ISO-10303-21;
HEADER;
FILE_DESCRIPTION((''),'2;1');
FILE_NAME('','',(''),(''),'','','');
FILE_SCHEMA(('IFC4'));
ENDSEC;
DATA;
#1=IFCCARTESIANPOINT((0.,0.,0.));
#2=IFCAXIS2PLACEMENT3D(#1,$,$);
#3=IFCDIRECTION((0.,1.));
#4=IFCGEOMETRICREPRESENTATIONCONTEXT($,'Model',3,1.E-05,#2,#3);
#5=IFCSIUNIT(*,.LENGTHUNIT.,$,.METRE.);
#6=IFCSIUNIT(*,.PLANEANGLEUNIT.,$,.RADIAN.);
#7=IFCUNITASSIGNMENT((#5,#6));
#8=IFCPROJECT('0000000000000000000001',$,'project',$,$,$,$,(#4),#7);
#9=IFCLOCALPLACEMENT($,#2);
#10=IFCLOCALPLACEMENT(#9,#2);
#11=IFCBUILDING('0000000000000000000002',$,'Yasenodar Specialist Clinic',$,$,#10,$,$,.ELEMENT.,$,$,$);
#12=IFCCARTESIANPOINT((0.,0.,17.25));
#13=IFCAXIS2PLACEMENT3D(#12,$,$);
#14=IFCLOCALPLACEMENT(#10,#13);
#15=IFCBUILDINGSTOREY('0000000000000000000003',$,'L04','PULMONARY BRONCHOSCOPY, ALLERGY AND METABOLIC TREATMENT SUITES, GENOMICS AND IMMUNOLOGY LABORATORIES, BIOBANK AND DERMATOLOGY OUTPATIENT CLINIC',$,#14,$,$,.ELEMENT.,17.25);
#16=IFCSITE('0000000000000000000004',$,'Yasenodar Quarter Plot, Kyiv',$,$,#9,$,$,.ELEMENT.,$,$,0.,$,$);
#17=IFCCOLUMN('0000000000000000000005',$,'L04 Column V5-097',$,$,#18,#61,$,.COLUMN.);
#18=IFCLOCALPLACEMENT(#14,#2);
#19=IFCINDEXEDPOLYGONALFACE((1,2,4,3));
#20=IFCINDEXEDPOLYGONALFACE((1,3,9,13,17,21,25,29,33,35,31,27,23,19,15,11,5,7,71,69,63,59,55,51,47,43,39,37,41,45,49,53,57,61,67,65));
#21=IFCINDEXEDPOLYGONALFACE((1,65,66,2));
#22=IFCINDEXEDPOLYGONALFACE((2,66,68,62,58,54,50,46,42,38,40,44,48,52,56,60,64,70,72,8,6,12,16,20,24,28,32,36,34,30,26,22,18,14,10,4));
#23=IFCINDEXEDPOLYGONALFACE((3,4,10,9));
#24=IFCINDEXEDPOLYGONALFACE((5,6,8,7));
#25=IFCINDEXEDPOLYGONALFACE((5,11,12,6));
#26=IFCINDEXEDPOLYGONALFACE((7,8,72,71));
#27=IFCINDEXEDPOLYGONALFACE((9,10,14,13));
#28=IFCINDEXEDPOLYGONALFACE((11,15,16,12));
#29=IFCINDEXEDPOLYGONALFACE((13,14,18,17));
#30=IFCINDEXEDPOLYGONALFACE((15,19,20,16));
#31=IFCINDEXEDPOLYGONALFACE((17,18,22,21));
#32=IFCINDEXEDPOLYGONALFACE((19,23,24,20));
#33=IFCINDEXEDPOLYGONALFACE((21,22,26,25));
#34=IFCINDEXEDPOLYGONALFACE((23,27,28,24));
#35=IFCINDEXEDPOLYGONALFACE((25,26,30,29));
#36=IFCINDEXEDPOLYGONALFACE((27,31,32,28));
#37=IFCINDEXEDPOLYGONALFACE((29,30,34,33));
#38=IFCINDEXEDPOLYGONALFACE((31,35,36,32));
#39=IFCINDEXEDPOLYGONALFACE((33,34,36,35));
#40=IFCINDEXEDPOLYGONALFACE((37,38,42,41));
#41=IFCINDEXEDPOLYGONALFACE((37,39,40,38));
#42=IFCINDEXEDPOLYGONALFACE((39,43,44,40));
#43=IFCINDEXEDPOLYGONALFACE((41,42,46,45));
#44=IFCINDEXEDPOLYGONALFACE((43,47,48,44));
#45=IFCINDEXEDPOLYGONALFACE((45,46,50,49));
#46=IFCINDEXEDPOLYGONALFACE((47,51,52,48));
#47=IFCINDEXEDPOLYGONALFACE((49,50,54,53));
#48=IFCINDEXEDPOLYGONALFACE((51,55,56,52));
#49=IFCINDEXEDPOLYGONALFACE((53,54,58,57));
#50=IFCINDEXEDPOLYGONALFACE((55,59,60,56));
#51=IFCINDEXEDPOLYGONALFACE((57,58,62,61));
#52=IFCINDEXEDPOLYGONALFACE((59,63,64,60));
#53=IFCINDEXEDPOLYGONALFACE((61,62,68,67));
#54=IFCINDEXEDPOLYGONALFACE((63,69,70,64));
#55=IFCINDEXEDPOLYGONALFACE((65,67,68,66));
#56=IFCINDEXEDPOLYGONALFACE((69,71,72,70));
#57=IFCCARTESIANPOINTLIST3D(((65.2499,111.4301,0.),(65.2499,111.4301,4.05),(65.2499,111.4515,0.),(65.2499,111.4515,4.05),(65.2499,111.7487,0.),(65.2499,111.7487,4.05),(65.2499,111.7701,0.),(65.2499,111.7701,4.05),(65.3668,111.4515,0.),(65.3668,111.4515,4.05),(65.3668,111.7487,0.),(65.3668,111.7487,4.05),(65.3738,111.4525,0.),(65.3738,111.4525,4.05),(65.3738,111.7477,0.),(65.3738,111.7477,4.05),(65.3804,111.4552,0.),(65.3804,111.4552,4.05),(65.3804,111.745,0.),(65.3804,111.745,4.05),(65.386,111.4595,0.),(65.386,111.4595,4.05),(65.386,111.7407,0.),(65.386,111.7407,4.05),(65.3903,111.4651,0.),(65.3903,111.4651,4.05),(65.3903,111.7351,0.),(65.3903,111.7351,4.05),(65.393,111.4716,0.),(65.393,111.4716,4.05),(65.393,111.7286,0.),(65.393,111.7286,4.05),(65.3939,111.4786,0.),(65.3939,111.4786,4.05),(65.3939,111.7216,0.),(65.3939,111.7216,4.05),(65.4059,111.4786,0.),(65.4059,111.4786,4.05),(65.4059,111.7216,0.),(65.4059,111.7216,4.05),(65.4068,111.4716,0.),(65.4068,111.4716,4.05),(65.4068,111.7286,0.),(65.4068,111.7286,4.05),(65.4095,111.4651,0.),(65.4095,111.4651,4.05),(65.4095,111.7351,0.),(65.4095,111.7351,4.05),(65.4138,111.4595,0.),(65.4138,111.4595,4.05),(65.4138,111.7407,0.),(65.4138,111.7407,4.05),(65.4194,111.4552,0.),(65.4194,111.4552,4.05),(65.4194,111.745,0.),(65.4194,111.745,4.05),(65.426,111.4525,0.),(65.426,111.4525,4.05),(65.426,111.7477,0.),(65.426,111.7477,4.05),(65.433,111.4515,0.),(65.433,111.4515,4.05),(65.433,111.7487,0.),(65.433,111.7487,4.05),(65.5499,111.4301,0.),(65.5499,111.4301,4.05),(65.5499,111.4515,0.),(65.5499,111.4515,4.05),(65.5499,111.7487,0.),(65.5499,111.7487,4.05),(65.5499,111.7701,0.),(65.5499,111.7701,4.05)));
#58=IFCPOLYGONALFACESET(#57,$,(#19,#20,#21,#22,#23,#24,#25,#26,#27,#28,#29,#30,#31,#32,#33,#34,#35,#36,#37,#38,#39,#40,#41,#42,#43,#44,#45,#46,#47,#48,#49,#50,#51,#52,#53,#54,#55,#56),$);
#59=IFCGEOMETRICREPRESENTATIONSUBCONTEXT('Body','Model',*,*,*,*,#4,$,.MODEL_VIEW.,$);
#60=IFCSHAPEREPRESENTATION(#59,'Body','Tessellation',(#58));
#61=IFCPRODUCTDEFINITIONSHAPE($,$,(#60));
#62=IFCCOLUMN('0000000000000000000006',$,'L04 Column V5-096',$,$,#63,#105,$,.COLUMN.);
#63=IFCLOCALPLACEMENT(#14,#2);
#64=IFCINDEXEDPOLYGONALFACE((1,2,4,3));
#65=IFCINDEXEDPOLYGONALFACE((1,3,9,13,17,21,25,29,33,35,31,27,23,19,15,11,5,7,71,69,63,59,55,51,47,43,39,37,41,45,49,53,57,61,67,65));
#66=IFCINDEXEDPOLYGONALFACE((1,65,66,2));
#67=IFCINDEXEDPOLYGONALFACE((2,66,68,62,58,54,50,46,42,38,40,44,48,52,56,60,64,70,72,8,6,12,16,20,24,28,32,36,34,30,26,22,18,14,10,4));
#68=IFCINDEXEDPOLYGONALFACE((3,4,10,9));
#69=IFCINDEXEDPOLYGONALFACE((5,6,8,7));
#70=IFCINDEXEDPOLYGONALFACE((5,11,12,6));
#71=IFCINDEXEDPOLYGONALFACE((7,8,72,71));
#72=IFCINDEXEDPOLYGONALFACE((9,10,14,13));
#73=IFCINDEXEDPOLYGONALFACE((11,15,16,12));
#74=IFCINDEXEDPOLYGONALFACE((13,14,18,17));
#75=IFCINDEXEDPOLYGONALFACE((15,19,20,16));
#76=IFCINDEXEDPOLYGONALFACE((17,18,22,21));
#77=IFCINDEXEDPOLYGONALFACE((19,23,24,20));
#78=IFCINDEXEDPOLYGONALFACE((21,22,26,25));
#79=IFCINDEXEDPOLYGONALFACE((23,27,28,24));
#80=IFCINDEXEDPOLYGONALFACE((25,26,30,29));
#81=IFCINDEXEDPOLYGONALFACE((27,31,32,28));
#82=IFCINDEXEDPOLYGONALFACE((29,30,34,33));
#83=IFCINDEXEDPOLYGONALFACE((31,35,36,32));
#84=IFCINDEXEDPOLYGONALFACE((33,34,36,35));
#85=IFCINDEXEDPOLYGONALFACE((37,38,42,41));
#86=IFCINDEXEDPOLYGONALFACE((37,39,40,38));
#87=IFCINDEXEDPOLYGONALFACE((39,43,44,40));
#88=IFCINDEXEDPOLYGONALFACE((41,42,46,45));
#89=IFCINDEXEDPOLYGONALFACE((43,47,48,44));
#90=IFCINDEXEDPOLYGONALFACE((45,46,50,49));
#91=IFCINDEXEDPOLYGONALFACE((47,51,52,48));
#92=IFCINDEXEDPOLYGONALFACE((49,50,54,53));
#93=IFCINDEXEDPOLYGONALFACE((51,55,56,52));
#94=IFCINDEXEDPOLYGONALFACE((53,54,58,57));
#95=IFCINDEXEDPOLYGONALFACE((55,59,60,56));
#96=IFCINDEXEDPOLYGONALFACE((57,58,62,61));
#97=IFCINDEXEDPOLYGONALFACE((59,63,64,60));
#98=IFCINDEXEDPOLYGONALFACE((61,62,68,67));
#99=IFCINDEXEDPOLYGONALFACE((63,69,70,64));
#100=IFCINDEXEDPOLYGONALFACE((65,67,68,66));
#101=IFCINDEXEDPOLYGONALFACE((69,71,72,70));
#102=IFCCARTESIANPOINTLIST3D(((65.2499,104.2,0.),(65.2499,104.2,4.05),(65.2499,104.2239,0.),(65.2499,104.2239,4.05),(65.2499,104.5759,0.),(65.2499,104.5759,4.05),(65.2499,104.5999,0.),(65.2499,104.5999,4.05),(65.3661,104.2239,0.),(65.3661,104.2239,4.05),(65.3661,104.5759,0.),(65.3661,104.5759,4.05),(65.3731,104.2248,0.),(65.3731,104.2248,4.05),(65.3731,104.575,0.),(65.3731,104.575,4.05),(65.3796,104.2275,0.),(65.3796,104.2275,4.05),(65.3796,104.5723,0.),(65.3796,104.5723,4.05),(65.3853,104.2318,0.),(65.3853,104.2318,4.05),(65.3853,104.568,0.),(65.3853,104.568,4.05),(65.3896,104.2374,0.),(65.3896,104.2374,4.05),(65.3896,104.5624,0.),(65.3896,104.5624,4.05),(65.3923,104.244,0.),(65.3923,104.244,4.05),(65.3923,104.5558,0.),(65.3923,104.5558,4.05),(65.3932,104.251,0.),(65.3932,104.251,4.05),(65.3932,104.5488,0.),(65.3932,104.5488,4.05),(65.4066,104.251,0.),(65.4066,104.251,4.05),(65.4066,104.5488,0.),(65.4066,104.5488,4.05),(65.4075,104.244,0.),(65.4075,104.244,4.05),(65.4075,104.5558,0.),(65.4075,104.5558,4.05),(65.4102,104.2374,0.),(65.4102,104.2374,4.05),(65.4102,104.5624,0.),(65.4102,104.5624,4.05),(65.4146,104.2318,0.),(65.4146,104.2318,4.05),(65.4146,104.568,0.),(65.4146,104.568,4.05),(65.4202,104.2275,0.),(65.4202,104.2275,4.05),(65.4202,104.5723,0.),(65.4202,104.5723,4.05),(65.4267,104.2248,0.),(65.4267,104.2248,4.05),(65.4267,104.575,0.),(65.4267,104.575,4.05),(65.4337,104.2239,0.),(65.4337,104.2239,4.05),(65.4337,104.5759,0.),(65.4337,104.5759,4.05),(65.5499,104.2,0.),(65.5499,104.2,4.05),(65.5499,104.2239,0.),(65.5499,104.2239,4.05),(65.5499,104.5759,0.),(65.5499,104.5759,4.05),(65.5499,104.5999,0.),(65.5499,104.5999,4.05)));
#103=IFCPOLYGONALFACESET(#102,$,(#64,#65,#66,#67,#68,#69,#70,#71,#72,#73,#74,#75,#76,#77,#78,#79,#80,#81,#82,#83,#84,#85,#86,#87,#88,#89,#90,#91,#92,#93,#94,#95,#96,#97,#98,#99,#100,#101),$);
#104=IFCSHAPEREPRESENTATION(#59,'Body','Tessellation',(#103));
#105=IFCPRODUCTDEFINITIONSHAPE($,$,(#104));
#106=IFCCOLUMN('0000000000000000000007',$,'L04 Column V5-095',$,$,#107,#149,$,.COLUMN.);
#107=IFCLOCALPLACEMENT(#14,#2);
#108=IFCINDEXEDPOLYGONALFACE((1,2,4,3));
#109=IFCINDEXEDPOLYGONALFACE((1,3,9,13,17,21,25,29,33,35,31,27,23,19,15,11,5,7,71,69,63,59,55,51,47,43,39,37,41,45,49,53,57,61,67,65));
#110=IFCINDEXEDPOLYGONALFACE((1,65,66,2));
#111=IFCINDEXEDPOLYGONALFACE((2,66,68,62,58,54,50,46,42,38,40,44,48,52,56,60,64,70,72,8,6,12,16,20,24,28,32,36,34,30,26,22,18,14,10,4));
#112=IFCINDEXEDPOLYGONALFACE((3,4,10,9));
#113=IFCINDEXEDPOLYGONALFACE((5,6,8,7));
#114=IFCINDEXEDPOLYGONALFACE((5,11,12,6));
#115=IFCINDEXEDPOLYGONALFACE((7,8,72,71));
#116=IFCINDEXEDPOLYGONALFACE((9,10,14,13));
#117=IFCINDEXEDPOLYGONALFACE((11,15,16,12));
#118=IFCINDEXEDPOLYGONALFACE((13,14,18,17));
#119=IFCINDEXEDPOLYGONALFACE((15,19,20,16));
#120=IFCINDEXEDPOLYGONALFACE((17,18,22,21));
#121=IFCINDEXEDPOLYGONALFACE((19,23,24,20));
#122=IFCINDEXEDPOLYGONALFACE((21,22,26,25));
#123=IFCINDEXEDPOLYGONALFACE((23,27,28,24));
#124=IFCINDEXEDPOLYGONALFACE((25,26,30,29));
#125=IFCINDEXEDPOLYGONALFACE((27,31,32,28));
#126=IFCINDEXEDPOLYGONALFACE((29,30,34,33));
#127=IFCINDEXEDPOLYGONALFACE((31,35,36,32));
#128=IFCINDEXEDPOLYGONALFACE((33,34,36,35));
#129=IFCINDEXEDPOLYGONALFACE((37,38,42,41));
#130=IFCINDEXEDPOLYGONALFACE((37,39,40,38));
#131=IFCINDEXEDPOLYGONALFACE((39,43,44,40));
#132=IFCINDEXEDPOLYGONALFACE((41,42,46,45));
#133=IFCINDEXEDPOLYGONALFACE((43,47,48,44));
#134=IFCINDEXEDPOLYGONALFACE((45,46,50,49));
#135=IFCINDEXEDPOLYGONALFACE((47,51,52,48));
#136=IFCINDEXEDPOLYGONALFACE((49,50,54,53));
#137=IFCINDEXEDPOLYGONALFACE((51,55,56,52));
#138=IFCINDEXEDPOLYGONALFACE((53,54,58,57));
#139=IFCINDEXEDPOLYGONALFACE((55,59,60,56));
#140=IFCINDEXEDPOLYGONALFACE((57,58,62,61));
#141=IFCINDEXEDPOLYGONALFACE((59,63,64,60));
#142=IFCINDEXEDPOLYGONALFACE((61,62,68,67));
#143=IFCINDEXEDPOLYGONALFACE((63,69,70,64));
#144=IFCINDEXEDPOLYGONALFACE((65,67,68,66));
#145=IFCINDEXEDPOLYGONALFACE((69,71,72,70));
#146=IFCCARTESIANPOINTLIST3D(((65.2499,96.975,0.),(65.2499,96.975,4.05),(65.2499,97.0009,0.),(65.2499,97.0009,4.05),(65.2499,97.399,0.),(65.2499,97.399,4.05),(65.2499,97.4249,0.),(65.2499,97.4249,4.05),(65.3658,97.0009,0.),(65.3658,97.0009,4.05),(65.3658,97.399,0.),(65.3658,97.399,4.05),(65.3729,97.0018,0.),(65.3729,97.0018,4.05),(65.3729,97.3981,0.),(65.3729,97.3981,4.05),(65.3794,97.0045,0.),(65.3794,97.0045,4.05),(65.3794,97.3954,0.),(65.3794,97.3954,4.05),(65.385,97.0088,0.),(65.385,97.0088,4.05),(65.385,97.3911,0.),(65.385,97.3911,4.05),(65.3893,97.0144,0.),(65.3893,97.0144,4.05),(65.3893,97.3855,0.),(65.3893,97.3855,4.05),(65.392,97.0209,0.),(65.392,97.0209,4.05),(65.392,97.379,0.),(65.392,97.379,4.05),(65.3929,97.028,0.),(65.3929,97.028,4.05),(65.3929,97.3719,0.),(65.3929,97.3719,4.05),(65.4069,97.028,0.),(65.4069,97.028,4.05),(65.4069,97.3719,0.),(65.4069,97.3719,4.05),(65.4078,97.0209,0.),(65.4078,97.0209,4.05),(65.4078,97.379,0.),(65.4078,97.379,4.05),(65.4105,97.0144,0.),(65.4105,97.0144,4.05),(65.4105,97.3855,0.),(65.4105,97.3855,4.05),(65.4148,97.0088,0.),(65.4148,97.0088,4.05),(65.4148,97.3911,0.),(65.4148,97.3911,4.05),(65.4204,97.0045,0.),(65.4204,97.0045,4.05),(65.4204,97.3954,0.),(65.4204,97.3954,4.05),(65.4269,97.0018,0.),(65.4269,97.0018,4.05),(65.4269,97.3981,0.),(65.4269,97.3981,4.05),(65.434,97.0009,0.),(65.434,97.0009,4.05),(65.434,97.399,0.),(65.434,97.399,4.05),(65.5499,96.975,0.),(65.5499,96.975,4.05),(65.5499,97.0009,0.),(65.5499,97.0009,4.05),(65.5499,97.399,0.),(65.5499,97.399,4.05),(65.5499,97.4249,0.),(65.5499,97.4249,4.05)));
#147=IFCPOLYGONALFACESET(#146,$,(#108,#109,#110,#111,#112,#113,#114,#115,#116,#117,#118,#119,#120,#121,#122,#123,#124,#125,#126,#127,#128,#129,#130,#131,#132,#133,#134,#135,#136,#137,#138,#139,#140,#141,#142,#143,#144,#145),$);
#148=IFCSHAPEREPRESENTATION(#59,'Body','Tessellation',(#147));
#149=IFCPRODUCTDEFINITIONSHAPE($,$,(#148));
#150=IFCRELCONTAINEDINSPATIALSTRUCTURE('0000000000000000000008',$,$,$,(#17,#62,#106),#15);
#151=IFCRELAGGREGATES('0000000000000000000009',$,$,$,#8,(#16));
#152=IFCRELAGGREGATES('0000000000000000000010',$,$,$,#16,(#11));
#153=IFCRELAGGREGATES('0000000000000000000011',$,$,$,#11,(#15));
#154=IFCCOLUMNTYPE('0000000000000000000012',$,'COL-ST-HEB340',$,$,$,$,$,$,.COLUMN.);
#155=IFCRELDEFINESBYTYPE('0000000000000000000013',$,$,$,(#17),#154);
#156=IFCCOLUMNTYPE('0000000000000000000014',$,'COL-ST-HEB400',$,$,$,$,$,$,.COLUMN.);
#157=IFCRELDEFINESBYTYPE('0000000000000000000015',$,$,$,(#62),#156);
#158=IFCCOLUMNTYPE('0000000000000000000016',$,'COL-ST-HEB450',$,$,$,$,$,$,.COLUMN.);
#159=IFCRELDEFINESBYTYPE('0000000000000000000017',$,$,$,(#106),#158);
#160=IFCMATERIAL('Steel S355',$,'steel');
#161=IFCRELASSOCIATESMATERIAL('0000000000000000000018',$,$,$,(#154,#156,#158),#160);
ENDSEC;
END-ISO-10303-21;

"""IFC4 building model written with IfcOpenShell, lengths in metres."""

from ifc_helpers import new_model, si_unit, direction, frame, origin, origin_2d, place, context, subcontext, project, spatial, i_section, extrude, material, material_profile, profile_set, type_object, element, save


model = new_model("IFC4")

# Units and contexts
model_context = context("Model", 3, precision=1e-05, world=origin(), true_north=direction((0.0, 1.0)))
body_context = subcontext(model_context, "Body", "Model", "MODEL_VIEW")
ifc_project = project(units=[si_unit("LENGTHUNIT", "METRE"), si_unit("PLANEANGLEUNIT", "RADIAN")], contexts=[model_context])

# Site, building, storey
site_placement = place(None, origin())
site = spatial("IfcSite", under=ifc_project, at=site_placement, Name="Yasenodar Quarter Plot, Kyiv", CompositionType="ELEMENT", RefElevation=0.0)
building_placement = place(site_placement, origin())
building = spatial("IfcBuilding", under=site, at=building_placement, Name="Yasenodar Specialist Clinic", CompositionType="ELEMENT")
storey_placement = place(building_placement, frame((0.0, 0.0, 17.25)))
storey = spatial("IfcBuildingStorey", under=building, at=storey_placement, Name="L04", Description="PULMONARY BRONCHOSCOPY, ALLERGY AND METABOLIC TREATMENT SUITES, GENOMICS AND IMMUNOLOGY LABORATORIES, BIOBANK AND DERMATOLOGY OUTPATIENT CLINIC", CompositionType="ELEMENT", Elevation=17.25)

# Columns
ifc_material_1 = material(Name="Steel S355", Category="steel")
ifc_material_profile_1 = material_profile(ifc_material_1, i_section(OverallWidth=0.3, OverallDepth=0.3401, WebThickness=0.012, FlangeThickness=0.0215, FilletRadius=0.0271, at=origin_2d()), Name="HEB 340")
ifc_profile_set_1 = profile_set([ifc_material_profile_1], Name="Steel S355")
column_type_1 = type_object("IfcColumnType", Name="COL-ST-HEB340", PredefinedType="COLUMN", material=ifc_profile_set_1)
column_1_placement = place(storey_placement, frame((65.3999, 111.6001, 0.0), z_axis=(0.0, 0.0, 1.0), x_axis=(1.0, 0.0, 0.0)))
element("IfcColumn", 1, at=column_1_placement, inside=storey, type_object=column_type_1, Name="L04 Column V5-097", PredefinedType="COLUMN", context=body_context, shape_type="SweptSolid", body=[
    extrude(i_section(OverallWidth=0.3, OverallDepth=0.3401, WebThickness=0.012, FlangeThickness=0.0215, FilletRadius=0.0271, at=origin_2d()), origin(), (0.0, 0.0, 1.0), 4.05),
])
ifc_material_profile_2 = material_profile(ifc_material_1, i_section(OverallWidth=0.3, OverallDepth=0.3999, WebThickness=0.0134, FlangeThickness=0.0239, FilletRadius=0.0271, at=origin_2d()), Name="HEB 400")
ifc_profile_set_2 = profile_set([ifc_material_profile_2], Name="Steel S355")
column_type_2 = type_object("IfcColumnType", Name="COL-ST-HEB400", PredefinedType="COLUMN", material=ifc_profile_set_2)
column_2_placement = place(storey_placement, frame((65.3999, 104.3999, 0.0), z_axis=(0.0, 0.0, 1.0), x_axis=(1.0, 0.0, 0.0)))
element("IfcColumn", 2, at=column_2_placement, inside=storey, type_object=column_type_2, Name="L04 Column V5-096", PredefinedType="COLUMN", context=body_context, shape_type="SweptSolid", body=[
    extrude(i_section(OverallWidth=0.3, OverallDepth=0.3999, WebThickness=0.0134, FlangeThickness=0.0239, FilletRadius=0.0271, at=origin_2d()), origin(), (0.0, 0.0, 1.0), 4.05),
])
ifc_material_profile_3 = material_profile(ifc_material_1, i_section(OverallWidth=0.3, OverallDepth=0.45, WebThickness=0.0139, FlangeThickness=0.0259, FilletRadius=0.0271, at=origin_2d()), Name="HEB 450")
ifc_profile_set_3 = profile_set([ifc_material_profile_3], Name="Steel S355")
column_type_3 = type_object("IfcColumnType", Name="COL-ST-HEB450", PredefinedType="COLUMN", material=ifc_profile_set_3)
column_3_placement = place(storey_placement, frame((65.3999, 97.2, 0.0), z_axis=(0.0, 0.0, 1.0), x_axis=(1.0, 0.0, 0.0)))
element("IfcColumn", 3, at=column_3_placement, inside=storey, type_object=column_type_3, Name="L04 Column V5-095", PredefinedType="COLUMN", context=body_context, shape_type="SweptSolid", body=[
    extrude(i_section(OverallWidth=0.3, OverallDepth=0.45, WebThickness=0.0139, FlangeThickness=0.0259, FilletRadius=0.0271, at=origin_2d()), origin(), (0.0, 0.0, 1.0), 4.05),
])

save(model, "model.ifc")
